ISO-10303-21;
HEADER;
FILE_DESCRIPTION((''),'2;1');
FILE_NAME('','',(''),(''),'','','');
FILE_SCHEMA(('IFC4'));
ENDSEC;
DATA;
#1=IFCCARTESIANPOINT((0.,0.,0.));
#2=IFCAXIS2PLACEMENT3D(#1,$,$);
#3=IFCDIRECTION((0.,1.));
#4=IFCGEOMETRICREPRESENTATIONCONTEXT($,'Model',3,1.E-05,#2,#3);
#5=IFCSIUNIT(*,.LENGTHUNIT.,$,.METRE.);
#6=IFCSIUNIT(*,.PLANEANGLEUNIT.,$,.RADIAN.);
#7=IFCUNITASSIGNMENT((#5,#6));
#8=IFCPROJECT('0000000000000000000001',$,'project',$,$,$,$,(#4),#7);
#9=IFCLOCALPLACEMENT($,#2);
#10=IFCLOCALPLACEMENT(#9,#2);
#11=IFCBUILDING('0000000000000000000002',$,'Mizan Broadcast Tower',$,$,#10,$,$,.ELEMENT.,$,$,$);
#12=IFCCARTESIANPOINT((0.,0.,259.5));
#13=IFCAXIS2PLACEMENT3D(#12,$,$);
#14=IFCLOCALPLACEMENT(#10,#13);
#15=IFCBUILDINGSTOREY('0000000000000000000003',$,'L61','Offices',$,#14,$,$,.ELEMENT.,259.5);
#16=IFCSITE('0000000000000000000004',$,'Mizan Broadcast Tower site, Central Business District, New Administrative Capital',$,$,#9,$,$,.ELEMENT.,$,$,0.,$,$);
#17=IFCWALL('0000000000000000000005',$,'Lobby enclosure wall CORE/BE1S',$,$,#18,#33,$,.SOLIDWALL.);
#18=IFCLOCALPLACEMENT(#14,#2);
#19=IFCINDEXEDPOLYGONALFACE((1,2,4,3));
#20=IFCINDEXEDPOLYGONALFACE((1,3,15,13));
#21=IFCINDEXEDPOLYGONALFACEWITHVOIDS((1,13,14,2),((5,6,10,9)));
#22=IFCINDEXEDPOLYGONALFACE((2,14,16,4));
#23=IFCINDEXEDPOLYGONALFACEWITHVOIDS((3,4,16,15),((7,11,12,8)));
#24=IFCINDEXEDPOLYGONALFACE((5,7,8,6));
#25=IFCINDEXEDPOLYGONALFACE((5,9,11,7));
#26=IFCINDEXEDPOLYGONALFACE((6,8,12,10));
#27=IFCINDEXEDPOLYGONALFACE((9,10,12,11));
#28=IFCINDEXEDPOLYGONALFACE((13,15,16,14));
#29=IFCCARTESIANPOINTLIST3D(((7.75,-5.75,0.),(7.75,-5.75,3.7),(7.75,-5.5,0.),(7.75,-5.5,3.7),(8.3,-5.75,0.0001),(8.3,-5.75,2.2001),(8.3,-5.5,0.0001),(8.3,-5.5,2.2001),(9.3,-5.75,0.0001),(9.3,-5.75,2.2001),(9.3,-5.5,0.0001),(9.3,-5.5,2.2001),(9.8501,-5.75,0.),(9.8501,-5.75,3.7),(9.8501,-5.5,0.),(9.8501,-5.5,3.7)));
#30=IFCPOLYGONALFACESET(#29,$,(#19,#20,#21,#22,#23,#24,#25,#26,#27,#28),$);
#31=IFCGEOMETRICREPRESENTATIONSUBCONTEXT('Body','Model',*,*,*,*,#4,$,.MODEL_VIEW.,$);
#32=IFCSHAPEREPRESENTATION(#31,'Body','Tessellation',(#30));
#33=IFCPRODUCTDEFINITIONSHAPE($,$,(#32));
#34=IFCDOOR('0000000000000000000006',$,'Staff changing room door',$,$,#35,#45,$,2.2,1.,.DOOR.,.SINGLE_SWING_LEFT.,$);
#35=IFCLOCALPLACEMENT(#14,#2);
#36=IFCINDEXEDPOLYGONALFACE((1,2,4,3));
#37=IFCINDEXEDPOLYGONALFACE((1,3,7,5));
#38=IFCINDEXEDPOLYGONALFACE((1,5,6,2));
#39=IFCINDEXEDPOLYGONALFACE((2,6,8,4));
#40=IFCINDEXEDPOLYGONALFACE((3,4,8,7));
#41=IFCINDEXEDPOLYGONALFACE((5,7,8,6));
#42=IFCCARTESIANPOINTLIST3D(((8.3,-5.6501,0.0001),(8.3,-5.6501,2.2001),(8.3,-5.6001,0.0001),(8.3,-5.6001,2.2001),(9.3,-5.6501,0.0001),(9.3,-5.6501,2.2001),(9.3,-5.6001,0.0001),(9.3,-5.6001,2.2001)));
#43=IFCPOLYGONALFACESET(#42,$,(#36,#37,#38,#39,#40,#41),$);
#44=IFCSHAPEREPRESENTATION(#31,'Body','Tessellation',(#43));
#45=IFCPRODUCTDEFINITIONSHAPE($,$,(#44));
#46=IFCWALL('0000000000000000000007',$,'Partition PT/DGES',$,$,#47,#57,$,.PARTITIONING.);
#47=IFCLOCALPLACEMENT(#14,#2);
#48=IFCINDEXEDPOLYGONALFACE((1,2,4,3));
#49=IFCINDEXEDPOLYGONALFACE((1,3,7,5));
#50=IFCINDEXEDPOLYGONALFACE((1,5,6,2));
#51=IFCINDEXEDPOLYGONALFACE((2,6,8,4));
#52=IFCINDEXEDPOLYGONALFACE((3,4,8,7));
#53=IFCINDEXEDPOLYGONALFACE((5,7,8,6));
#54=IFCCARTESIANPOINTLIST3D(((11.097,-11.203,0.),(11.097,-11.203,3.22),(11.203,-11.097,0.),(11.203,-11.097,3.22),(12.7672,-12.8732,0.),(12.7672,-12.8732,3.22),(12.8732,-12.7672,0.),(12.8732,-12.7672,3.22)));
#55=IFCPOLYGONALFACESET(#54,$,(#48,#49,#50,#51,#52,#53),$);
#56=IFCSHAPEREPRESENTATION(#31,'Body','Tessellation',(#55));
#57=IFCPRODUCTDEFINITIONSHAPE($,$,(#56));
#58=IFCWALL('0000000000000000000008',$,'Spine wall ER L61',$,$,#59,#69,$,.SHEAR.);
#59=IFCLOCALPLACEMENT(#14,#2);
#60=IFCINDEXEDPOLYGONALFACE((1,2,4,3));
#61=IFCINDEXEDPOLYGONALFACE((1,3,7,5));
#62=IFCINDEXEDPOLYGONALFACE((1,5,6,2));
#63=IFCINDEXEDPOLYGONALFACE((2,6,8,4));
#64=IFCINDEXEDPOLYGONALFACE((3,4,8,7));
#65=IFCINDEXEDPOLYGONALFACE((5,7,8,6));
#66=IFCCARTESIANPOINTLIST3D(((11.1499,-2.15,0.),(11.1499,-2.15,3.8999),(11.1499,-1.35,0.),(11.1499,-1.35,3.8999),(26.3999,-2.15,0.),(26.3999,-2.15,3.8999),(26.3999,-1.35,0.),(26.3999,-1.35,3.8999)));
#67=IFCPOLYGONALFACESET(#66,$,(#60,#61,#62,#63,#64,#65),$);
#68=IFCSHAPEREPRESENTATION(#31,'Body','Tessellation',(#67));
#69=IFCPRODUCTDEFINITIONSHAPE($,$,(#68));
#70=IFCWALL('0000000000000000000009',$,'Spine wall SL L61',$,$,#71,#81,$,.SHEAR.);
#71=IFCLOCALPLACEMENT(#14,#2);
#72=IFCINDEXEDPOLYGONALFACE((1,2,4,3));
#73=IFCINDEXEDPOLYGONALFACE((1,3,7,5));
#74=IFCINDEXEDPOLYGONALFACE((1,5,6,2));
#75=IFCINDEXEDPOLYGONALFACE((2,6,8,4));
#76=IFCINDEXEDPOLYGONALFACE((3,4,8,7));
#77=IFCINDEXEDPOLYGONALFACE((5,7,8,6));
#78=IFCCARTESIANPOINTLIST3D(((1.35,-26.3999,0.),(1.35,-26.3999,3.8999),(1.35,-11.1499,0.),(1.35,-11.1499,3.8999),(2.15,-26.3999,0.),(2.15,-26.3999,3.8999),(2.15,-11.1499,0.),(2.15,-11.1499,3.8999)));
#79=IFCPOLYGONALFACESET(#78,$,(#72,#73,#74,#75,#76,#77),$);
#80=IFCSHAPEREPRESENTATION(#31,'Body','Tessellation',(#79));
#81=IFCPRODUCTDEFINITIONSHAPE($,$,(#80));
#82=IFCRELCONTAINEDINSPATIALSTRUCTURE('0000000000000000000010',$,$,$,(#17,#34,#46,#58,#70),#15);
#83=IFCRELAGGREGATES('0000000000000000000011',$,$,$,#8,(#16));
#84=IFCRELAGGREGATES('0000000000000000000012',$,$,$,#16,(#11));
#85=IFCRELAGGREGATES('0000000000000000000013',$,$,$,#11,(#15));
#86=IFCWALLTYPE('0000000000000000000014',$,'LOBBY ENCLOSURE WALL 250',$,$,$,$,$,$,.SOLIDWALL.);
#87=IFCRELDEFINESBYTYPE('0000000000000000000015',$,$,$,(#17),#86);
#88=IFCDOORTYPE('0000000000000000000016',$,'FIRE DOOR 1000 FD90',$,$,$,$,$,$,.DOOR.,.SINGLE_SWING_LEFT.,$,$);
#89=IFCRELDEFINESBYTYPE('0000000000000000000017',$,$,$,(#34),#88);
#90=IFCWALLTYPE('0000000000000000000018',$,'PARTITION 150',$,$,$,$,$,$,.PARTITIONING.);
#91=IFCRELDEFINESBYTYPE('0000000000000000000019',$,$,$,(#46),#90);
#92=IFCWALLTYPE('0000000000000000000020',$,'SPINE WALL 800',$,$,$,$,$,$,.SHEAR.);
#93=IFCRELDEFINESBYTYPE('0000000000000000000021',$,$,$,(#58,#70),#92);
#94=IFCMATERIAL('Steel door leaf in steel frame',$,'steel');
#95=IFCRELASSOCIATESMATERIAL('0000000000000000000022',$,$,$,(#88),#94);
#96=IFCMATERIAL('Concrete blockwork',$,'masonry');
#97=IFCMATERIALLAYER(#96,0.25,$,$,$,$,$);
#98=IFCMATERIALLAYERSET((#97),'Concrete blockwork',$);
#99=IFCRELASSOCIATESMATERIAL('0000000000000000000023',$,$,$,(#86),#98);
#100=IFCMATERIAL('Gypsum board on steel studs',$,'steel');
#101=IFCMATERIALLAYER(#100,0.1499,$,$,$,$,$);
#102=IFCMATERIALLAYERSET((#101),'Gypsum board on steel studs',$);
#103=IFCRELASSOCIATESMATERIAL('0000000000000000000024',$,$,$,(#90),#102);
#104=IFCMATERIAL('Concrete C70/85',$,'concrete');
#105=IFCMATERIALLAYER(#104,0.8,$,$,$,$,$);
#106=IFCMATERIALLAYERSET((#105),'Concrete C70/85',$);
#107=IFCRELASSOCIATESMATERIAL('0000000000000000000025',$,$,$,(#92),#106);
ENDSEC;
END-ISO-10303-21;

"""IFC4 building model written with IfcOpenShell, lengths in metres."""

from ifc_helpers import new_model, si_unit, direction, frame, frame_2d, origin, place, context, subcontext, project, spatial, rectangle, extrude, material, layer, layer_set, type_object, element, fill, save


model = new_model("IFC4")

# Units and contexts
model_context = context("Model", 3, precision=1e-05, world=origin(), true_north=direction((0.0, 1.0)))
body_context = subcontext(model_context, "Body", "Model", "MODEL_VIEW")
ifc_project = project(units=[si_unit("LENGTHUNIT", "METRE"), si_unit("PLANEANGLEUNIT", "RADIAN")], contexts=[model_context])

# Site, building, storey
site_placement = place(None, origin())
site = spatial("IfcSite", under=ifc_project, at=site_placement, Name="Mizan Broadcast Tower site, Central Business District, New Administrative Capital", CompositionType="ELEMENT", RefElevation=0.0)
building_placement = place(site_placement, origin())
building = spatial("IfcBuilding", under=site, at=building_placement, Name="Mizan Broadcast Tower", CompositionType="ELEMENT")
storey_placement = place(building_placement, frame((0.0, 0.0, 259.5)))
storey = spatial("IfcBuildingStorey", under=building, at=storey_placement, Name="L61", Description="Offices", CompositionType="ELEMENT", Elevation=259.5)

# Shared definitions
ifc_material_1 = material(Name="Steel door leaf in steel frame", Category="steel")
door_type_1 = type_object("IfcDoorType", Name="FIRE DOOR 1000 FD90", OperationType="SINGLE_SWING_LEFT", PredefinedType="DOOR", material=ifc_material_1)

# Shared definitions
ifc_material_2 = material(Name="Concrete blockwork", Category="masonry")
ifc_layer_1 = layer(ifc_material_2, 0.25)
ifc_layer_set_1 = layer_set([ifc_layer_1], Name="Concrete blockwork")
wall_type_1 = type_object("IfcWallType", Name="LOBBY ENCLOSURE WALL 250", PredefinedType="SOLIDWALL", material=ifc_layer_set_1)

# Wall, opening, door
wall_1_placement = place(storey_placement, frame((7.75, -5.625, 0.0), z_axis=(0.0, 0.0, 1.0), x_axis=(1.0, 0.0, 0.0)))
wall_1 = element("IfcWall", 1, at=wall_1_placement, inside=storey, type_object=wall_type_1, Name="Lobby enclosure wall CORE/BE1S", PredefinedType="SOLIDWALL", context=body_context, shape_type="SweptSolid", body=[
    extrude(rectangle(XDim=2.1001, YDim=0.25, at=frame_2d((1.05, 0.0))), origin(), (0.0, 0.0, 1.0), 3.7),
])
opening_1_placement = place(wall_1_placement, frame((0.55, 0.0, 0.0)))
opening_1 = element("IfcOpeningElement", 2, at=opening_1_placement, cuts=wall_1, PredefinedType="OPENING", context=body_context, shape_type="SweptSolid", body=[
    extrude(rectangle(XDim=1.0, YDim=2.2, at=frame_2d((0.5, 1.1001))), frame((0.0, 0.135, 0.0), z_axis=(0.0, -1.0, 0.0), x_axis=(1.0, 0.0, 0.0)), (0.0, 0.0, 1.0), 0.27),
])
door_1_placement = place(opening_1_placement, origin())
door_1 = element("IfcDoor", 3, at=door_1_placement, inside=storey, type_object=door_type_1, Name="Staff changing room door", OperationType="SINGLE_SWING_LEFT", OverallHeight=2.2, OverallWidth=1.0, PredefinedType="DOOR", context=body_context, shape_type="SweptSolid", body=[
    extrude(rectangle(XDim=1.0, YDim=2.2, at=frame_2d((0.5, 1.1001))), frame((0.0, 0.0249, 0.0), z_axis=(0.0, -1.0, 0.0), x_axis=(1.0, 0.0, 0.0)), (0.0, 0.0, 1.0), 0.05),
])
fill(opening_1, door_1)

# Walls
ifc_material_3 = material(Name="Gypsum board on steel studs", Category="steel")
ifc_layer_2 = layer(ifc_material_3, 0.1499)
ifc_layer_set_2 = layer_set([ifc_layer_2], Name="Gypsum board on steel studs")
wall_type_2 = type_object("IfcWallType", Name="PARTITION 150", PredefinedType="PARTITIONING", material=ifc_layer_set_2)
wall_2_placement = place(storey_placement, frame((11.1499, -11.1499, 0.0), z_axis=(0.0, 0.0, 1.0), x_axis=(0.707107, -0.707107, 0.0)))
element("IfcWall", 4, at=wall_2_placement, inside=storey, type_object=wall_type_2, Name="Partition PT/DGES", PredefinedType="PARTITIONING", context=body_context, shape_type="SweptSolid", body=[
    extrude(rectangle(XDim=2.3621, YDim=0.1499, at=frame_2d((1.1812, 0.0))), origin(), (0.0, 0.0, 1.0), 3.22),
])
ifc_material_4 = material(Name="Concrete C70/85", Category="concrete")
ifc_layer_3 = layer(ifc_material_4, 0.8)
ifc_layer_set_3 = layer_set([ifc_layer_3], Name="Concrete C70/85")
wall_type_3 = type_object("IfcWallType", Name="SPINE WALL 800", PredefinedType="SHEAR", material=ifc_layer_set_3)
for number, where, z_axis, x_axis, name in (
    (5, (11.1499, -1.75, 0.0), (0.0, 0.0, 1.0), (1.0, 0.0, 0.0), "Spine wall ER L61"),
    (6, (1.75, -11.1499, 0.0), (0.0, 0.0, 1.0), (0.0, -1.0, 0.0), "Spine wall SL L61"),
):
    element("IfcWall", number, at=place(storey_placement, frame(where, z_axis=z_axis, x_axis=x_axis)), inside=storey, type_object=wall_type_3, Name=name, PredefinedType="SHEAR", context=body_context, shape_type="SweptSolid", body=[
        extrude(rectangle(XDim=15.25, YDim=0.8, at=frame_2d((7.625, 0.0))), origin(), (0.0, 0.0, 1.0), 3.8999),
    ])

save(model, "model.ifc")
